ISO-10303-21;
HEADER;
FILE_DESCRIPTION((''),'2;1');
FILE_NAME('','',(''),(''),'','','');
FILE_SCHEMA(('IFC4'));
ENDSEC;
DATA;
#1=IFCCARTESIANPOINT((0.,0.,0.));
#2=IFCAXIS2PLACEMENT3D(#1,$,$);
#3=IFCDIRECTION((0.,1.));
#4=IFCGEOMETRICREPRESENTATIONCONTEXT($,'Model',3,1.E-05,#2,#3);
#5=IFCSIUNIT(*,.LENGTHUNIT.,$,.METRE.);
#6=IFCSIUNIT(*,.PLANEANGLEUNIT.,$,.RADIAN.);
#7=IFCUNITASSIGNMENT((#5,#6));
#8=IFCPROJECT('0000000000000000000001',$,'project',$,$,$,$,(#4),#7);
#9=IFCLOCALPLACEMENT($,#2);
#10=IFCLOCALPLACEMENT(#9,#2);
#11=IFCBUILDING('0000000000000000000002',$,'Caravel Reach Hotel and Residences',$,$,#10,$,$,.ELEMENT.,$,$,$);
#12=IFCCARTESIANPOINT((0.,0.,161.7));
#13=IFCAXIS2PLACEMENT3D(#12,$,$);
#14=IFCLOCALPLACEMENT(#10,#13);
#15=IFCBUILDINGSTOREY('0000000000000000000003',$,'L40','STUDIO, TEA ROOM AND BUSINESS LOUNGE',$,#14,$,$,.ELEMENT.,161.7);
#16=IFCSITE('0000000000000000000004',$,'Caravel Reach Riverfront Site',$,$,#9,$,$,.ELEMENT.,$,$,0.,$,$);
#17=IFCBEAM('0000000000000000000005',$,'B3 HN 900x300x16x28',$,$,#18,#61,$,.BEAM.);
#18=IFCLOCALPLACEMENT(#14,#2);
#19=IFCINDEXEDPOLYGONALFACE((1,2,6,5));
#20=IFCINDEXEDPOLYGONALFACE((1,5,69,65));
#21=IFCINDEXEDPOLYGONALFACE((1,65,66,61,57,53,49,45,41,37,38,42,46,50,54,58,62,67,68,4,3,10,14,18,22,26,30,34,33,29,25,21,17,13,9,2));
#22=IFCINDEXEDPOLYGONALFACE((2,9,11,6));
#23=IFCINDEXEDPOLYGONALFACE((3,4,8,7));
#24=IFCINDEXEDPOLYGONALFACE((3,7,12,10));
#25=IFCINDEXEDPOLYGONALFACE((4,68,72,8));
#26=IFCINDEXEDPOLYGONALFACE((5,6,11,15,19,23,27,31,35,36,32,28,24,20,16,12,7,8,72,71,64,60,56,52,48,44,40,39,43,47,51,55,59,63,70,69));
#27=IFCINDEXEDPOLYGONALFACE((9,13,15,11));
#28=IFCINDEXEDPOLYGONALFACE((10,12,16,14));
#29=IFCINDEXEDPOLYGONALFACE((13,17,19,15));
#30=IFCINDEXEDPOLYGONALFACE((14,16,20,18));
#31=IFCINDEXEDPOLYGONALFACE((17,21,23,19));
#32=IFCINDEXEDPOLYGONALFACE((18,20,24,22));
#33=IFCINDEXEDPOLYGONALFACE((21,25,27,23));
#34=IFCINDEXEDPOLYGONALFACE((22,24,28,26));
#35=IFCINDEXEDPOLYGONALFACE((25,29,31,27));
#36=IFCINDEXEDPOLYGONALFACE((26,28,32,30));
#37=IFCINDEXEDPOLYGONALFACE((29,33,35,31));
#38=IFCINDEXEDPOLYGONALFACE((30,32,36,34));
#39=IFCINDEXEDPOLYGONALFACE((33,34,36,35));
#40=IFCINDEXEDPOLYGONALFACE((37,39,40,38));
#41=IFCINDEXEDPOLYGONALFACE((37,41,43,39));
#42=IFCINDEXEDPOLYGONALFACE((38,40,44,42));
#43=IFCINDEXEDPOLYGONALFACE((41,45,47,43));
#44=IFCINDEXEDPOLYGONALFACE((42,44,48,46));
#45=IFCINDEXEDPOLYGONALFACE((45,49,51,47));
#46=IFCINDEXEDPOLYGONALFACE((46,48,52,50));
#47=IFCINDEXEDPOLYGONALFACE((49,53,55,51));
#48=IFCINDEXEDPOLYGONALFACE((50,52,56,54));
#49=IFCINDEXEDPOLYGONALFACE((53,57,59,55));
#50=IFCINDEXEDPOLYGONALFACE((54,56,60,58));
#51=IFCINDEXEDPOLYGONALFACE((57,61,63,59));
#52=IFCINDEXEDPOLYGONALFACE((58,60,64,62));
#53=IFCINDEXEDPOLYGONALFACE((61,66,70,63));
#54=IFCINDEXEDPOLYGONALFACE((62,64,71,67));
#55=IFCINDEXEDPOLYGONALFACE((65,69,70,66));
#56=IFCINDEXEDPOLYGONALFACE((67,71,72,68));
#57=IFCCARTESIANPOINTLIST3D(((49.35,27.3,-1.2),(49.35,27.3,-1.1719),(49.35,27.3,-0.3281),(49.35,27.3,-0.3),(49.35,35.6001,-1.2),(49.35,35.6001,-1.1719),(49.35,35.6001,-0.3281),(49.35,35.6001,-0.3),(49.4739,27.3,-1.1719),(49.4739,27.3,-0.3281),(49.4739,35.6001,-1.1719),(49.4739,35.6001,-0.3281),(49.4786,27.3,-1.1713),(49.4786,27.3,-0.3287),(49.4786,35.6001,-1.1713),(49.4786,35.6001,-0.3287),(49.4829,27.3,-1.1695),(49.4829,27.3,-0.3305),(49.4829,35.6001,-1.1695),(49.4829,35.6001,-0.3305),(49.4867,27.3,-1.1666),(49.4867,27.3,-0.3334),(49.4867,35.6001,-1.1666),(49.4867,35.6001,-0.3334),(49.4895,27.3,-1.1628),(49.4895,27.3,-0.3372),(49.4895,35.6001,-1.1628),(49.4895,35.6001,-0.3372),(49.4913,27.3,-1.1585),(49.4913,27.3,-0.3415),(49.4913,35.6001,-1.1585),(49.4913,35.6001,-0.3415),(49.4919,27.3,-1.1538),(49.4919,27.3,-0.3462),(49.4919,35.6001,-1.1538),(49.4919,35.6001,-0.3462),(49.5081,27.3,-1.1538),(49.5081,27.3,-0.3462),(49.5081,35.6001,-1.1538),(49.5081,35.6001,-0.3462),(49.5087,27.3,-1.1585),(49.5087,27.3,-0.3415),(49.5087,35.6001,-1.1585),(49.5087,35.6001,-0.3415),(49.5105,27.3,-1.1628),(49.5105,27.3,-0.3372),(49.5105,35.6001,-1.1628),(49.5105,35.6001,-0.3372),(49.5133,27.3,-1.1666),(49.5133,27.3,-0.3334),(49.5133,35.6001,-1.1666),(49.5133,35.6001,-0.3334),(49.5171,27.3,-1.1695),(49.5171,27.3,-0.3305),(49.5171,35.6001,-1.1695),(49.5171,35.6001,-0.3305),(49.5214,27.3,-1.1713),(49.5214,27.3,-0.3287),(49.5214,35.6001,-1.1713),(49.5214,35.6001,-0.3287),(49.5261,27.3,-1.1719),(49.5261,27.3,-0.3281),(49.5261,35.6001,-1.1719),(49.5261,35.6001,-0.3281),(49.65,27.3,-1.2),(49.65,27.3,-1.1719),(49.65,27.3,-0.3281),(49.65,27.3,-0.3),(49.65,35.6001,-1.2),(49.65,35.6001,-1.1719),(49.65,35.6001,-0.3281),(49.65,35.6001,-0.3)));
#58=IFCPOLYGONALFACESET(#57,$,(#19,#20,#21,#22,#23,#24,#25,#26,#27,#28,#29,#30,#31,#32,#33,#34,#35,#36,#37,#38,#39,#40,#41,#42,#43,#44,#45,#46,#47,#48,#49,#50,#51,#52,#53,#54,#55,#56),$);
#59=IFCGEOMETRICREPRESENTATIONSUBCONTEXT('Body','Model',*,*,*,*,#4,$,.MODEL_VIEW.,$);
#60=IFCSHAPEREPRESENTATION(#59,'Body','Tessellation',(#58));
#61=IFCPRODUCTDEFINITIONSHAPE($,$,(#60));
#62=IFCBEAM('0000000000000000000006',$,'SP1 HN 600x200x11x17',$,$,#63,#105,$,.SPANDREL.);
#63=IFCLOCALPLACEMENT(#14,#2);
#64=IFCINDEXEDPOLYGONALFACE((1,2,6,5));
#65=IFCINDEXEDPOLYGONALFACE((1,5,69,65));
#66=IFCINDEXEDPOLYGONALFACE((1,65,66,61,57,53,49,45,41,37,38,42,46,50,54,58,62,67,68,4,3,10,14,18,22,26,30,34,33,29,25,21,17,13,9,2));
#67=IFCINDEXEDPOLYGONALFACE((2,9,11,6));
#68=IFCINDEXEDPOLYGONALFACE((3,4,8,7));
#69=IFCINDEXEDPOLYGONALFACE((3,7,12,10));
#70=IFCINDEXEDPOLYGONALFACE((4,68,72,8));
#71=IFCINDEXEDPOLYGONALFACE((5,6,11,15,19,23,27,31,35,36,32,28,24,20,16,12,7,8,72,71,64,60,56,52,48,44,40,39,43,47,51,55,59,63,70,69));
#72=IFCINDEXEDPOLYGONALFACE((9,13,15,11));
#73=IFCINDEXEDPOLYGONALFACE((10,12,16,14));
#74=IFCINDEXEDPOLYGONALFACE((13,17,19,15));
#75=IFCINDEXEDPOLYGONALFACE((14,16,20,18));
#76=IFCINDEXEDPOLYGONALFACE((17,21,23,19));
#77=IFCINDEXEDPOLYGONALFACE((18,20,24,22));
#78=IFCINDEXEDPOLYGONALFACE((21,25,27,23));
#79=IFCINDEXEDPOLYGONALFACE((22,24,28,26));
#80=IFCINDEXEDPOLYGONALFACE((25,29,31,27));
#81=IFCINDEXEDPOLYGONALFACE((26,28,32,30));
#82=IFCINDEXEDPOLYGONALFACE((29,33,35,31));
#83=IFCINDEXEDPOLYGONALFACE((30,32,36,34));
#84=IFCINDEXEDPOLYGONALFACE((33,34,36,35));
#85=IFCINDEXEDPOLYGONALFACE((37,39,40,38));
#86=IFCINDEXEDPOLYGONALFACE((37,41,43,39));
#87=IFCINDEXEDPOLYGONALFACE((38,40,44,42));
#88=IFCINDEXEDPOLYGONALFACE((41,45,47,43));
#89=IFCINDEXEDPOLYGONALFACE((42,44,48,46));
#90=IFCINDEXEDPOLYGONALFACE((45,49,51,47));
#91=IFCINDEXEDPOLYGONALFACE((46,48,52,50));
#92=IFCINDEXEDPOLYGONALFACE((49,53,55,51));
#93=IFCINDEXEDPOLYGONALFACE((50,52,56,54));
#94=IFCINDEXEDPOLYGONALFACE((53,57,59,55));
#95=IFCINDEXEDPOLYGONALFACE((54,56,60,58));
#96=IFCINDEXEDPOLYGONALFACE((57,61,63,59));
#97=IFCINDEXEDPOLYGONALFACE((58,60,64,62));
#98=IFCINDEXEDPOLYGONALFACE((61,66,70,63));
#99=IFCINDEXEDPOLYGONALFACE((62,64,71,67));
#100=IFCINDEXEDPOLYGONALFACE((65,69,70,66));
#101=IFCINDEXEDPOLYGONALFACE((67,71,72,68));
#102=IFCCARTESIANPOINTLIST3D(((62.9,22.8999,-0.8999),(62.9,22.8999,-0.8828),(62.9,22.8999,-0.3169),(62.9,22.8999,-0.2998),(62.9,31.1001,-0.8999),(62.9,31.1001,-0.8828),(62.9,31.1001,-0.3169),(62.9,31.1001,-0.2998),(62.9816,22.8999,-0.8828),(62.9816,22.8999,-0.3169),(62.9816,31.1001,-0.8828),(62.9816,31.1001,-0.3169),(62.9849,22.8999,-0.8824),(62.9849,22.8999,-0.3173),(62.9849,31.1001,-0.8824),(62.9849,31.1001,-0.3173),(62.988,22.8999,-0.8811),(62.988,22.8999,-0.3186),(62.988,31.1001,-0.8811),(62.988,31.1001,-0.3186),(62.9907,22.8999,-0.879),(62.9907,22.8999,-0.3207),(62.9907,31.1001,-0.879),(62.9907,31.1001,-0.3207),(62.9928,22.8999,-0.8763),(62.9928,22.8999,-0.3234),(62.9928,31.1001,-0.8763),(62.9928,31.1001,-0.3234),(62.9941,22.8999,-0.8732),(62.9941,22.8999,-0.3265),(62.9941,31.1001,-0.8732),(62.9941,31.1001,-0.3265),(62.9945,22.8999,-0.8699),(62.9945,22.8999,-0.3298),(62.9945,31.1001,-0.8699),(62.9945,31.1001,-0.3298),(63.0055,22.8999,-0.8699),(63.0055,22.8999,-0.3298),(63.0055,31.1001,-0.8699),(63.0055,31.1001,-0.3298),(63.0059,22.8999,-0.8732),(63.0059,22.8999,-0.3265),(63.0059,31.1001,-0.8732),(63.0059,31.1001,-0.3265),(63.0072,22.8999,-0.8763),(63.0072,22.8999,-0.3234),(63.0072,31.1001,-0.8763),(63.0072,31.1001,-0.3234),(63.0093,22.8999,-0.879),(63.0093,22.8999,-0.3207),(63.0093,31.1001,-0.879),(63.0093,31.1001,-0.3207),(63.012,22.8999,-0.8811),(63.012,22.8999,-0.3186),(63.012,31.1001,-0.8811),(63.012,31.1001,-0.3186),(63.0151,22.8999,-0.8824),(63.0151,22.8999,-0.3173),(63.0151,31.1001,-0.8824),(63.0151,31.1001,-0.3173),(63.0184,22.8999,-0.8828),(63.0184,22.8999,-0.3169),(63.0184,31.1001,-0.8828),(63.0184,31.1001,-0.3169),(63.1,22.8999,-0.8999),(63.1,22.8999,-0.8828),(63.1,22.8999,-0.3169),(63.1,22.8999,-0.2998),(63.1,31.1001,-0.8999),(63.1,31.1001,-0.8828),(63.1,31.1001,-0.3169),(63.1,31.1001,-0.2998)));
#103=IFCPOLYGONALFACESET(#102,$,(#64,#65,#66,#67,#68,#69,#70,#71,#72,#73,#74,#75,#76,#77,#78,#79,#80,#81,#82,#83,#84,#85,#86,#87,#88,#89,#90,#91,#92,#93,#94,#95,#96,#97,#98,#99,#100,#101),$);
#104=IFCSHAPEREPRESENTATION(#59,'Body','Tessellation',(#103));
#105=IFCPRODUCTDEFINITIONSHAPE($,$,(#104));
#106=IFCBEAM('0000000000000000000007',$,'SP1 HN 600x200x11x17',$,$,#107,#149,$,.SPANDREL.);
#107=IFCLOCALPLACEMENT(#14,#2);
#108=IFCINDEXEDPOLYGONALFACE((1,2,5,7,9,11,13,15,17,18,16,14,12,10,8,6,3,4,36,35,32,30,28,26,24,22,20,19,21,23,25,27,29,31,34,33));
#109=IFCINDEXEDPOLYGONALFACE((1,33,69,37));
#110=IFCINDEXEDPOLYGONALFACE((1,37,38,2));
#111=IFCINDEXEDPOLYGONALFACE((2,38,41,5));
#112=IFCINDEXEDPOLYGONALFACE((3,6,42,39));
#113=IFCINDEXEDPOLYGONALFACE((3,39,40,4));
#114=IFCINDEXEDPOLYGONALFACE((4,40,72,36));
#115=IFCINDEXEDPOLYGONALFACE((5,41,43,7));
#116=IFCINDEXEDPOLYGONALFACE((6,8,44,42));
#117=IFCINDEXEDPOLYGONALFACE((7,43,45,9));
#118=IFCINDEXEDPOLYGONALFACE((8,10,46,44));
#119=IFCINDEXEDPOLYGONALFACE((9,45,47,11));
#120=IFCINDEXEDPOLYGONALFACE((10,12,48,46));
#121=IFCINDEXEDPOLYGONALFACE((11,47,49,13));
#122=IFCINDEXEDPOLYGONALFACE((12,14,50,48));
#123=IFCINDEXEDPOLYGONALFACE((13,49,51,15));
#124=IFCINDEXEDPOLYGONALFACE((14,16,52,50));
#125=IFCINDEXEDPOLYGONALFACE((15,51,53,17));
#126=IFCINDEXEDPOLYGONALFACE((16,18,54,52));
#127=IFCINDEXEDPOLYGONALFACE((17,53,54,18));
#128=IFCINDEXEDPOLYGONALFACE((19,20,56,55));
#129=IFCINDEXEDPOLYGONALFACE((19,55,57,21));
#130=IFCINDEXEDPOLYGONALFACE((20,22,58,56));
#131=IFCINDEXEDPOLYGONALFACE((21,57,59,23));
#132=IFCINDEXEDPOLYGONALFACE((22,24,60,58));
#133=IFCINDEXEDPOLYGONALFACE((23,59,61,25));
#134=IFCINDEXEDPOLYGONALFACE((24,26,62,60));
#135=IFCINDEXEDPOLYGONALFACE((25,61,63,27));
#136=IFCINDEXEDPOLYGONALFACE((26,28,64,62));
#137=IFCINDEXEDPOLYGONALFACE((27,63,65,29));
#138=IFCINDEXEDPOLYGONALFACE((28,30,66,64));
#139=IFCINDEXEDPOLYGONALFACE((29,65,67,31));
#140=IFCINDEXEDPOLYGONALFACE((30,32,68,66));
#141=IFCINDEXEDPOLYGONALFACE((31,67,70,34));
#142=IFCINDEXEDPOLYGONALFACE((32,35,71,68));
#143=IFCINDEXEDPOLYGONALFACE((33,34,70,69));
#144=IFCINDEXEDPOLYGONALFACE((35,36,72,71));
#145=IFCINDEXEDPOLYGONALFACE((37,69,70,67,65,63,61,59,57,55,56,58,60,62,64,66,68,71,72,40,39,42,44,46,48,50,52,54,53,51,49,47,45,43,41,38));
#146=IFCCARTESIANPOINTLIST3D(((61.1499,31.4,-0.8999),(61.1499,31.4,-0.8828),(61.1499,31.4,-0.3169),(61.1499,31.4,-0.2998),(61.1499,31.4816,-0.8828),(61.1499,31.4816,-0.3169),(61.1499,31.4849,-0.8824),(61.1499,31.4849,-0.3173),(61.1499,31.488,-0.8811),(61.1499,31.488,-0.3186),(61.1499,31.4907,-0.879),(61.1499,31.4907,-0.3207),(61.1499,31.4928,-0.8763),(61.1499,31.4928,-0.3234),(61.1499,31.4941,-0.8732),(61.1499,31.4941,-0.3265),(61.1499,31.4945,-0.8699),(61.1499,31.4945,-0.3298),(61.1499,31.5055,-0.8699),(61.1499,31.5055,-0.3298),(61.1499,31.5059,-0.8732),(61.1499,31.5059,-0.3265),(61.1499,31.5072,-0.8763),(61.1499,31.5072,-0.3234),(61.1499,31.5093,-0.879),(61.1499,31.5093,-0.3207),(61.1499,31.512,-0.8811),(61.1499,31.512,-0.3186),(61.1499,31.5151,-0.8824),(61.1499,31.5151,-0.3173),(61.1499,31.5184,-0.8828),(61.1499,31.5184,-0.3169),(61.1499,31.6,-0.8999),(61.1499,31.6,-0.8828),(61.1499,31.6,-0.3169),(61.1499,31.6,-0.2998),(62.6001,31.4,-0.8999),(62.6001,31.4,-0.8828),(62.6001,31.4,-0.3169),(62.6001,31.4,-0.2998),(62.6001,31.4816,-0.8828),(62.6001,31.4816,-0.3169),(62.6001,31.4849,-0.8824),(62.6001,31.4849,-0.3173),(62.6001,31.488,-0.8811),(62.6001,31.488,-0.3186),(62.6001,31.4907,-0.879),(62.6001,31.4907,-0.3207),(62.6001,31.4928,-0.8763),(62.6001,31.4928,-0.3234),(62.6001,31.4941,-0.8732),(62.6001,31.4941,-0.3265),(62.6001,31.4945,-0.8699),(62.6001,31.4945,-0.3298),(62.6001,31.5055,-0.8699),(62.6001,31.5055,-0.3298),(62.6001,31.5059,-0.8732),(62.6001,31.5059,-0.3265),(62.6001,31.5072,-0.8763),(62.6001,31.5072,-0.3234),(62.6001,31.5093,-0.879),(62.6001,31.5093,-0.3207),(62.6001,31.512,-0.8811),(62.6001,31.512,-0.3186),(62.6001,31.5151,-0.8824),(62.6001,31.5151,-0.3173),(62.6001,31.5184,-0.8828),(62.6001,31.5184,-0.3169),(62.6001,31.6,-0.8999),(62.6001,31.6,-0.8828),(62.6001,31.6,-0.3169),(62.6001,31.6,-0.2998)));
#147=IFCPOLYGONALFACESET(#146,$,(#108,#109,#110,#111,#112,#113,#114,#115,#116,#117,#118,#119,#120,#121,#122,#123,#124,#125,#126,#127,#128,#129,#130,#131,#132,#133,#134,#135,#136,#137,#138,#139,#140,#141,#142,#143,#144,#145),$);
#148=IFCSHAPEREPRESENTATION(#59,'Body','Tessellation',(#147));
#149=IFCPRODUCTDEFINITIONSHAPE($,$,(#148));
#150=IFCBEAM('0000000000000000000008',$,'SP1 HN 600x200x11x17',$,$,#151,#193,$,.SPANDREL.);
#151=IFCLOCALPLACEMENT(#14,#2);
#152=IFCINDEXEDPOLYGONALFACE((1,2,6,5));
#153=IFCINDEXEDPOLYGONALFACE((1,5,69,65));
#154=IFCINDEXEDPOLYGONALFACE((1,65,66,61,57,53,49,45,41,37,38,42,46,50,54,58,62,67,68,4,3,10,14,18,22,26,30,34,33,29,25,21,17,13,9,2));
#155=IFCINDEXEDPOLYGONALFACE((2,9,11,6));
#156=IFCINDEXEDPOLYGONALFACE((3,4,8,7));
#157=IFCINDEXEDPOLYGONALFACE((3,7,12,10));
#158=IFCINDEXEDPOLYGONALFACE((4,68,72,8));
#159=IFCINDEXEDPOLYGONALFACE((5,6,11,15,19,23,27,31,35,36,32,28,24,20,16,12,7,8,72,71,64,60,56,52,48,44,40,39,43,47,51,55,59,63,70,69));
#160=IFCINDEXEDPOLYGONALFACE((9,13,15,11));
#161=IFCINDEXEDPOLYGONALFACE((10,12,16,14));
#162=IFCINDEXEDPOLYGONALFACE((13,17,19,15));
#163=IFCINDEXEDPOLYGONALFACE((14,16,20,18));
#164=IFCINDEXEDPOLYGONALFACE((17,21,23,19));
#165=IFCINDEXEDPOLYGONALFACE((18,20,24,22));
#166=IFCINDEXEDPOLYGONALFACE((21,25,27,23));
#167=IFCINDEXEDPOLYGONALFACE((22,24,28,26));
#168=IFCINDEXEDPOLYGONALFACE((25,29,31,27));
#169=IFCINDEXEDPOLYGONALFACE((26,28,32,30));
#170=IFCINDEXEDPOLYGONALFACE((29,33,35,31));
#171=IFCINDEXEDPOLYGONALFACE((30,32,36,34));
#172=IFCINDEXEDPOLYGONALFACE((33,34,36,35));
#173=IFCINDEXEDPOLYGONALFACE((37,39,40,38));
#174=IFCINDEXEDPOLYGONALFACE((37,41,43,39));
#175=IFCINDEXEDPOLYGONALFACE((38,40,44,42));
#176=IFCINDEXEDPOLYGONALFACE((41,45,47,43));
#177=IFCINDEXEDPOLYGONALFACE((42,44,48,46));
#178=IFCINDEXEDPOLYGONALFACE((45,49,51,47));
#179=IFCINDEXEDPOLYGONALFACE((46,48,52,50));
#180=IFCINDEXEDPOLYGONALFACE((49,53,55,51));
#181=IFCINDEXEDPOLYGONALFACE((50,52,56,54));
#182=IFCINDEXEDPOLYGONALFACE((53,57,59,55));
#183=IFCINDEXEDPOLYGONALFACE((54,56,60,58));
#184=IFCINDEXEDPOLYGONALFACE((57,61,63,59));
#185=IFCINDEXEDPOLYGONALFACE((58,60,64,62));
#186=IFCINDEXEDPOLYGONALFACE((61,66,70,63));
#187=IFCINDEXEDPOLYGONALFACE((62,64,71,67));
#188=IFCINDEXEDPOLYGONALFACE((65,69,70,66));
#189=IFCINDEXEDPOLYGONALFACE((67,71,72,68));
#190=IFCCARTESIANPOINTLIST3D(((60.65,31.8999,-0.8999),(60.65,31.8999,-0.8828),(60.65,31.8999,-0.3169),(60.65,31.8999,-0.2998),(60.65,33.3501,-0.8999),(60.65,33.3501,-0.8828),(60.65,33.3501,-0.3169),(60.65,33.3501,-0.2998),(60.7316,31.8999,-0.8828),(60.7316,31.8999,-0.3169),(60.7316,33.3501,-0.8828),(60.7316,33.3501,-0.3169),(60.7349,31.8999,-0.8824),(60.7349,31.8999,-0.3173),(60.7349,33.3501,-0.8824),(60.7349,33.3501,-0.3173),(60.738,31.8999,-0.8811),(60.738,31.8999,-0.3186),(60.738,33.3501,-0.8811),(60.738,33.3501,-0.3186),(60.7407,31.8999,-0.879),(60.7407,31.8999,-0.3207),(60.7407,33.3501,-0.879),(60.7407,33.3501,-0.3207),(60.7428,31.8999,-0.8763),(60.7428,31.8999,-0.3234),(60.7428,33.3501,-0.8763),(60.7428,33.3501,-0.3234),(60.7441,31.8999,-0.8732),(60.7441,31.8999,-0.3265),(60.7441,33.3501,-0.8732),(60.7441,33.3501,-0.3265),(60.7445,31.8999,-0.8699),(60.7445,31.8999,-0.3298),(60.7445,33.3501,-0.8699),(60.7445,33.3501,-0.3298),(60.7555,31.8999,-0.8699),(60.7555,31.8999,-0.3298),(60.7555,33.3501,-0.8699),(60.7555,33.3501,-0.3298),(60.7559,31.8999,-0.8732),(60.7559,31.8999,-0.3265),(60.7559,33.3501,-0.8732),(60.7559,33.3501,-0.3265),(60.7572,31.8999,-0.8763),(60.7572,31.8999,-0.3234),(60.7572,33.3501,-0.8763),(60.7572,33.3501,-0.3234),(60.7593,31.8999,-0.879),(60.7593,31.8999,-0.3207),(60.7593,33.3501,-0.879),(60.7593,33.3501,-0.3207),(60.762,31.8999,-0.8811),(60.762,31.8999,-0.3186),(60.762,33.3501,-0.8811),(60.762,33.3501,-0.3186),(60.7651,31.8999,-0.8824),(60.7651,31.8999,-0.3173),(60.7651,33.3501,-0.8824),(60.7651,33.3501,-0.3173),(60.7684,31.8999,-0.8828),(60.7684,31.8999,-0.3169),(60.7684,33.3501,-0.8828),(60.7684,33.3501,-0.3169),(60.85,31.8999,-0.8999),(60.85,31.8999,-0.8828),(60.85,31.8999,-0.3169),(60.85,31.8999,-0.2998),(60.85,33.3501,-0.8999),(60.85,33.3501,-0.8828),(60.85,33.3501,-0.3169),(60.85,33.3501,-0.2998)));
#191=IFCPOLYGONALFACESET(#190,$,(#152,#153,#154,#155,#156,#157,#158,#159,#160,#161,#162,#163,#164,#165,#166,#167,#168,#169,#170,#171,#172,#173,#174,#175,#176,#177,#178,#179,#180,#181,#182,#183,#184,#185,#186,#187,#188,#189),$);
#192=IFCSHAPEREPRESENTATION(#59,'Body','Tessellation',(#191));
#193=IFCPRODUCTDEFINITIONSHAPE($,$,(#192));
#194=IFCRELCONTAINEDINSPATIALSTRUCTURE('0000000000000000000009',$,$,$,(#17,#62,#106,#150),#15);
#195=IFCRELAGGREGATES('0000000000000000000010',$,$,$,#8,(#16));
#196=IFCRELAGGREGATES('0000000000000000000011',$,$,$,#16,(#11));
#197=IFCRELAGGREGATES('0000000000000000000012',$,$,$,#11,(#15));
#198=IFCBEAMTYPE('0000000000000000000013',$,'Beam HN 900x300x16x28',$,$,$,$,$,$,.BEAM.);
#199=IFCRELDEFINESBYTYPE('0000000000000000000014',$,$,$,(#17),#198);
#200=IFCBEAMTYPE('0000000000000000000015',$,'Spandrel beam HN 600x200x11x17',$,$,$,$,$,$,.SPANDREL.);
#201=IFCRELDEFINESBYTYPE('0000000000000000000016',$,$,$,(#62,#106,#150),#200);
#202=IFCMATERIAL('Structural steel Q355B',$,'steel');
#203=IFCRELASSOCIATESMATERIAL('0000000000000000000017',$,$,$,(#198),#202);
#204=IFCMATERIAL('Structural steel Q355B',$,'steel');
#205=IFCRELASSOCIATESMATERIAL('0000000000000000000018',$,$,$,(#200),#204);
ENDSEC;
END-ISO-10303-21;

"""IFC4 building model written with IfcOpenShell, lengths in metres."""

from ifc_helpers import new_model, si_unit, direction, frame, origin, origin_2d, place, context, subcontext, project, spatial, i_section, extrude, material, material_profile, profile_set, type_object, element, save


model = new_model("IFC4")

# Units and contexts
model_context = context("Model", 3, precision=1e-05, world=origin(), true_north=direction((0.0, 1.0)))
body_context = subcontext(model_context, "Body", "Model", "MODEL_VIEW")
ifc_project = project(units=[si_unit("LENGTHUNIT", "METRE"), si_unit("PLANEANGLEUNIT", "RADIAN")], contexts=[model_context])

# Site, building, storey
site_placement = place(None, origin())
site = spatial("IfcSite", under=ifc_project, at=site_placement, Name="Caravel Reach Riverfront Site", CompositionType="ELEMENT", RefElevation=0.0)
building_placement = place(site_placement, origin())
building = spatial("IfcBuilding", under=site, at=building_placement, Name="Caravel Reach Hotel and Residences", CompositionType="ELEMENT")
storey_placement = place(building_placement, frame((0.0, 0.0, 161.7)))
storey = spatial("IfcBuildingStorey", under=building, at=storey_placement, Name="L40", Description="STUDIO, TEA ROOM AND BUSINESS LOUNGE", CompositionType="ELEMENT", Elevation=161.7)

# Beams
ifc_material_1 = material(Name="Structural steel Q355B", Category="steel")
ifc_material_profile_1 = material_profile(ifc_material_1, i_section(OverallWidth=0.3, OverallDepth=0.8999, WebThickness=0.0161, FlangeThickness=0.0281, FilletRadius=0.0181, at=origin_2d()), Name="HN 900x300x16x28")
ifc_profile_set_1 = profile_set([ifc_material_profile_1], Name="Structural steel Q355B")
beam_type_1 = type_object("IfcBeamType", Name="Beam HN 900x300x16x28", PredefinedType="BEAM", material=ifc_profile_set_1)
beam_1_placement = place(storey_placement, frame((49.5, 27.3, -0.75), z_axis=(0.0, 1.0, 0.0), x_axis=(-1.0, 0.0, 0.0)))
element("IfcBeam", 1, at=beam_1_placement, inside=storey, type_object=beam_type_1, Name="B3 HN 900x300x16x28", PredefinedType="BEAM", context=body_context, shape_type="SweptSolid", body=[
    extrude(i_section(OverallWidth=0.3, OverallDepth=0.8999, WebThickness=0.0161, FlangeThickness=0.0281, FilletRadius=0.0181, at=origin_2d()), origin(), (0.0, 0.0, 1.0), 8.3),
])
ifc_material_2 = material(Name="Structural steel Q355B", Category="steel")
ifc_material_profile_2 = material_profile(ifc_material_2, i_section(OverallWidth=0.2, OverallDepth=0.6001, WebThickness=0.011, FlangeThickness=0.0171, FilletRadius=0.0129, at=origin_2d()), Name="HN 600x200x11x17")
ifc_profile_set_2 = profile_set([ifc_material_profile_2], Name="Structural steel Q355B")
beam_type_2 = type_object("IfcBeamType", Name="Spandrel beam HN 600x200x11x17", PredefinedType="SPANDREL", material=ifc_profile_set_2)
beam_2_placement = place(storey_placement, frame((63.0, 22.8999, -0.5999), z_axis=(0.0, 1.0, 0.0), x_axis=(-1.0, 0.0, 0.0)))
element("IfcBeam", 2, at=beam_2_placement, inside=storey, type_object=beam_type_2, Name="SP1 HN 600x200x11x17", PredefinedType="SPANDREL", context=body_context, shape_type="SweptSolid", body=[
    extrude(i_section(OverallWidth=0.2, OverallDepth=0.6001, WebThickness=0.011, FlangeThickness=0.0171, FilletRadius=0.0129, at=origin_2d()), origin(), (0.0, 0.0, 1.0), 8.2002),
])
for number, where, z_axis, x_axis, name in (
    (3, (62.6001, 31.5, -0.5999), (-1.0, 0.0, 0.0), (0.0, -1.0, 0.0), "SP1 HN 600x200x11x17"),
    (4, (60.75, 31.8999, -0.5999), (0.0, 1.0, 0.0), (-1.0, 0.0, 0.0), "SP1 HN 600x200x11x17"),
):
    element("IfcBeam", number, at=place(storey_placement, frame(where, z_axis=z_axis, x_axis=x_axis)), inside=storey, type_object=beam_type_2, Name=name, PredefinedType="SPANDREL", context=body_context, shape_type="SweptSolid", body=[
        extrude(i_section(OverallWidth=0.2, OverallDepth=0.6001, WebThickness=0.011, FlangeThickness=0.0171, FilletRadius=0.0129, at=origin_2d()), origin(), (0.0, 0.0, 1.0), 1.4502),
    ])

save(model, "model.ifc")
